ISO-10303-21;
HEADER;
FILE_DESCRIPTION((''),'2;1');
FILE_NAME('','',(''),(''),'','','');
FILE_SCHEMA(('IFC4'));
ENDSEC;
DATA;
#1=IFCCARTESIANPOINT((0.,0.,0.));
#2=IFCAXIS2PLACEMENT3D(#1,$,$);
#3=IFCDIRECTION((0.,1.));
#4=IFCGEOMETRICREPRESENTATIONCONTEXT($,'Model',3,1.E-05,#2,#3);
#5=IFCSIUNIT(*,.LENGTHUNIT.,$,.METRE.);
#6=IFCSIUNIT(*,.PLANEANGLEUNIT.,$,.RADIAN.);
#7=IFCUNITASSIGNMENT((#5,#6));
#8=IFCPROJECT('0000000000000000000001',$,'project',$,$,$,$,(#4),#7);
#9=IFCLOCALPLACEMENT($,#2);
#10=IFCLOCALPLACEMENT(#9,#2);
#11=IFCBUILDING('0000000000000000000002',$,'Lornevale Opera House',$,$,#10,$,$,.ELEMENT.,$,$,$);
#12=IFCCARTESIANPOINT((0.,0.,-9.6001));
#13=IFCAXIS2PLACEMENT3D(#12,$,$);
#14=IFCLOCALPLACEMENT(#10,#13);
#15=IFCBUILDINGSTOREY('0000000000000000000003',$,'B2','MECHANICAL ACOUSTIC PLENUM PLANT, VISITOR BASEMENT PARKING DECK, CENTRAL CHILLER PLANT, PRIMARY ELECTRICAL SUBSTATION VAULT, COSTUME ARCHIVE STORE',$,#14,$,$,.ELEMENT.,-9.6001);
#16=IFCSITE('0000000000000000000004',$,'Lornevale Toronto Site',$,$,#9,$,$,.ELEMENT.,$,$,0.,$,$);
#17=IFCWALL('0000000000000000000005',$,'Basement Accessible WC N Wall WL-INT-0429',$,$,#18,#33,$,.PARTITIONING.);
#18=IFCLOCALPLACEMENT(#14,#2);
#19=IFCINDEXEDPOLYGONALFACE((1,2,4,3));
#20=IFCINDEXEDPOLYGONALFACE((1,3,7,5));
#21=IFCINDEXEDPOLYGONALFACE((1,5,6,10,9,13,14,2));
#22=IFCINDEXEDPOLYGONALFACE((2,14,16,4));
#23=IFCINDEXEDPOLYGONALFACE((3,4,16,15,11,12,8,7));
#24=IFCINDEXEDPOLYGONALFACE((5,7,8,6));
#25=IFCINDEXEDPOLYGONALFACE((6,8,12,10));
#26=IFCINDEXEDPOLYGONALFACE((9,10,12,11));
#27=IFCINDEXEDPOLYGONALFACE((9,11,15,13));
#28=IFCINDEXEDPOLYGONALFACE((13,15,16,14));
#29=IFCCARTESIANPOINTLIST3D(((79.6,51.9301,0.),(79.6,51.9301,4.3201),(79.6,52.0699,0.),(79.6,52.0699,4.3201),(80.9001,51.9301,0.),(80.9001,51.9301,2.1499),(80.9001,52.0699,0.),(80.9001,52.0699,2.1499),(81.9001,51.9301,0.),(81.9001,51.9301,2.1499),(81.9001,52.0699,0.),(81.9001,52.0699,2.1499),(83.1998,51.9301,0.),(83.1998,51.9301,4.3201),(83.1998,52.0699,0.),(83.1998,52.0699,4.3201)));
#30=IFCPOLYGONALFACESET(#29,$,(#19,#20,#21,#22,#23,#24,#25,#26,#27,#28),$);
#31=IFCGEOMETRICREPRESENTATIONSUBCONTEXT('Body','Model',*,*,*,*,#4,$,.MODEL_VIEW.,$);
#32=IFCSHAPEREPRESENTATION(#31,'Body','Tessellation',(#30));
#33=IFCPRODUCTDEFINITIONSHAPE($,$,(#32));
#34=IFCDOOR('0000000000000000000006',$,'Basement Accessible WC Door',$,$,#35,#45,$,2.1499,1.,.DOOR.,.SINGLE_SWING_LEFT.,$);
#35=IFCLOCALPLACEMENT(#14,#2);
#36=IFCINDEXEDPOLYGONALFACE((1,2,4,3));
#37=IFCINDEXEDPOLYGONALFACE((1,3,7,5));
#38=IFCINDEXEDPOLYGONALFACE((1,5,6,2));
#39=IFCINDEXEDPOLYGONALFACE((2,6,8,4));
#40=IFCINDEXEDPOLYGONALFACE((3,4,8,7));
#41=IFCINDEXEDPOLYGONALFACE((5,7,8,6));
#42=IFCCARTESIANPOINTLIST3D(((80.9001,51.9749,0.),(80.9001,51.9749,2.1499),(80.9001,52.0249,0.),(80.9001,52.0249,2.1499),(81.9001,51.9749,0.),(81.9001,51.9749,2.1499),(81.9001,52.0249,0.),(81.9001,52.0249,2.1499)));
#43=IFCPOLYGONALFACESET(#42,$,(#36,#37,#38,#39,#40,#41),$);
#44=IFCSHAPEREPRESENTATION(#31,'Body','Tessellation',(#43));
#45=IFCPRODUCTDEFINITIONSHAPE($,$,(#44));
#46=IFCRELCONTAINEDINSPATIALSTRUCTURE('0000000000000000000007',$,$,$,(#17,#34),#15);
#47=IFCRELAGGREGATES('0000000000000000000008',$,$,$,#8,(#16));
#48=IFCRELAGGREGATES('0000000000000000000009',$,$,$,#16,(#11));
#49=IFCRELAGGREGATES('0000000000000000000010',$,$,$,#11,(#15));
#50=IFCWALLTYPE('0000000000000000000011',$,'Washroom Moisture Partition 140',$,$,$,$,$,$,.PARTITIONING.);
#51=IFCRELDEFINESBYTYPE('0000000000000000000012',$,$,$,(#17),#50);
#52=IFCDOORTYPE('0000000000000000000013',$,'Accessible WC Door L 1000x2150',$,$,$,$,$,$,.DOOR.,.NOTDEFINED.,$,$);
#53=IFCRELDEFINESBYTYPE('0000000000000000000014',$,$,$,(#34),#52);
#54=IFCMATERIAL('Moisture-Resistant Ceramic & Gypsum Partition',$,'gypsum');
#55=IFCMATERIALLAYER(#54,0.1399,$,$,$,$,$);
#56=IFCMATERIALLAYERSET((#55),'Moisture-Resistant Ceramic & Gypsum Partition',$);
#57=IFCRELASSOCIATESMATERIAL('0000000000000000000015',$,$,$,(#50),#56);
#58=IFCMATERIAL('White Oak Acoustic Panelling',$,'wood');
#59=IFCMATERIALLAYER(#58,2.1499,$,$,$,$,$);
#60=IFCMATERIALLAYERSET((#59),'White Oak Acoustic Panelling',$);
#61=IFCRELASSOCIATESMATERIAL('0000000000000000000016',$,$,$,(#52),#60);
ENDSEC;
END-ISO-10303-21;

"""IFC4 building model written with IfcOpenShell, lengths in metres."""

from ifc_helpers import new_model, si_unit, direction, frame, frame_2d, origin, place, context, subcontext, project, spatial, rectangle, extrude, material, layer, layer_set, type_object, element, fill, save


model = new_model("IFC4")

# Units and contexts
model_context = context("Model", 3, precision=1e-05, world=origin(), true_north=direction((0.0, 1.0)))
body_context = subcontext(model_context, "Body", "Model", "MODEL_VIEW")
ifc_project = project(units=[si_unit("LENGTHUNIT", "METRE"), si_unit("PLANEANGLEUNIT", "RADIAN")], contexts=[model_context])

# Site, building, storey
site_placement = place(None, origin())
site = spatial("IfcSite", under=ifc_project, at=site_placement, Name="Lornevale Toronto Site", CompositionType="ELEMENT", RefElevation=0.0)
building_placement = place(site_placement, origin())
building = spatial("IfcBuilding", under=site, at=building_placement, Name="Lornevale Opera House", CompositionType="ELEMENT")
storey_placement = place(building_placement, frame((0.0, 0.0, -9.6001)))
storey = spatial("IfcBuildingStorey", under=building, at=storey_placement, Name="B2", Description="MECHANICAL ACOUSTIC PLENUM PLANT, VISITOR BASEMENT PARKING DECK, CENTRAL CHILLER PLANT, PRIMARY ELECTRICAL SUBSTATION VAULT, COSTUME ARCHIVE STORE", CompositionType="ELEMENT", Elevation=-9.6001)

# Wall, opening, door
ifc_material_1 = material(Name="Moisture-Resistant Ceramic & Gypsum Partition", Category="gypsum")
ifc_layer_1 = layer(ifc_material_1, 0.1399)
ifc_layer_set_1 = layer_set([ifc_layer_1], Name="Moisture-Resistant Ceramic & Gypsum Partition")
wall_type_1 = type_object("IfcWallType", Name="Washroom Moisture Partition 140", PredefinedType="PARTITIONING", material=ifc_layer_set_1)
ifc_material_2 = material(Name="White Oak Acoustic Panelling", Category="wood")
wall_1_placement = place(storey_placement, frame((79.6001, 52.0, 0.0), z_axis=(0.0, 0.0, 1.0), x_axis=(1.0, 0.0, 0.0)))
wall_1 = element("IfcWall", 1, at=wall_1_placement, inside=storey, type_object=wall_type_1, Name="Basement Accessible WC N Wall WL-INT-0429", PredefinedType="PARTITIONING", context=body_context, shape_type="SweptSolid", body=[
    extrude(rectangle(XDim=3.5999, YDim=0.1399, at=frame_2d((1.7998, 0.0))), origin(), (0.0, 0.0, 1.0), 4.3201),
])
opening_1_placement = place(wall_1_placement, frame((1.3, 0.0, 0.0)))
opening_1 = element("IfcOpeningElement", 2, at=opening_1_placement, cuts=wall_1, PredefinedType="OPENING", context=body_context, shape_type="SweptSolid", body=[
    extrude(rectangle(XDim=1.0, YDim=2.1499, at=frame_2d((0.5, 1.075))), frame((0.0, 0.0798, 0.0), z_axis=(0.0, -1.0, 0.0), x_axis=(1.0, 0.0, 0.0)), (0.0, 0.0, 1.0), 0.1599),
])
ifc_layer_2 = layer(ifc_material_2, 2.1499)
ifc_layer_set_2 = layer_set([ifc_layer_2], Name="White Oak Acoustic Panelling")
door_type_1 = type_object("IfcDoorType", Name="Accessible WC Door L 1000x2150", OperationType="NOTDEFINED", PredefinedType="DOOR", material=ifc_layer_set_2)
door_1_placement = place(opening_1_placement, origin())
door_1 = element("IfcDoor", 3, at=door_1_placement, inside=storey, type_object=door_type_1, Name="Basement Accessible WC Door", OperationType="SINGLE_SWING_LEFT", OverallHeight=2.1499, OverallWidth=1.0, PredefinedType="DOOR", context=body_context, shape_type="SweptSolid", body=[
    extrude(rectangle(XDim=1.0, YDim=2.1499, at=frame_2d((0.5, 1.075))), frame((0.0, 0.0249, 0.0), z_axis=(0.0, -1.0, 0.0), x_axis=(1.0, 0.0, 0.0)), (0.0, 0.0, 1.0), 0.05),
])
fill(opening_1, door_1)

save(model, "model.ifc")
